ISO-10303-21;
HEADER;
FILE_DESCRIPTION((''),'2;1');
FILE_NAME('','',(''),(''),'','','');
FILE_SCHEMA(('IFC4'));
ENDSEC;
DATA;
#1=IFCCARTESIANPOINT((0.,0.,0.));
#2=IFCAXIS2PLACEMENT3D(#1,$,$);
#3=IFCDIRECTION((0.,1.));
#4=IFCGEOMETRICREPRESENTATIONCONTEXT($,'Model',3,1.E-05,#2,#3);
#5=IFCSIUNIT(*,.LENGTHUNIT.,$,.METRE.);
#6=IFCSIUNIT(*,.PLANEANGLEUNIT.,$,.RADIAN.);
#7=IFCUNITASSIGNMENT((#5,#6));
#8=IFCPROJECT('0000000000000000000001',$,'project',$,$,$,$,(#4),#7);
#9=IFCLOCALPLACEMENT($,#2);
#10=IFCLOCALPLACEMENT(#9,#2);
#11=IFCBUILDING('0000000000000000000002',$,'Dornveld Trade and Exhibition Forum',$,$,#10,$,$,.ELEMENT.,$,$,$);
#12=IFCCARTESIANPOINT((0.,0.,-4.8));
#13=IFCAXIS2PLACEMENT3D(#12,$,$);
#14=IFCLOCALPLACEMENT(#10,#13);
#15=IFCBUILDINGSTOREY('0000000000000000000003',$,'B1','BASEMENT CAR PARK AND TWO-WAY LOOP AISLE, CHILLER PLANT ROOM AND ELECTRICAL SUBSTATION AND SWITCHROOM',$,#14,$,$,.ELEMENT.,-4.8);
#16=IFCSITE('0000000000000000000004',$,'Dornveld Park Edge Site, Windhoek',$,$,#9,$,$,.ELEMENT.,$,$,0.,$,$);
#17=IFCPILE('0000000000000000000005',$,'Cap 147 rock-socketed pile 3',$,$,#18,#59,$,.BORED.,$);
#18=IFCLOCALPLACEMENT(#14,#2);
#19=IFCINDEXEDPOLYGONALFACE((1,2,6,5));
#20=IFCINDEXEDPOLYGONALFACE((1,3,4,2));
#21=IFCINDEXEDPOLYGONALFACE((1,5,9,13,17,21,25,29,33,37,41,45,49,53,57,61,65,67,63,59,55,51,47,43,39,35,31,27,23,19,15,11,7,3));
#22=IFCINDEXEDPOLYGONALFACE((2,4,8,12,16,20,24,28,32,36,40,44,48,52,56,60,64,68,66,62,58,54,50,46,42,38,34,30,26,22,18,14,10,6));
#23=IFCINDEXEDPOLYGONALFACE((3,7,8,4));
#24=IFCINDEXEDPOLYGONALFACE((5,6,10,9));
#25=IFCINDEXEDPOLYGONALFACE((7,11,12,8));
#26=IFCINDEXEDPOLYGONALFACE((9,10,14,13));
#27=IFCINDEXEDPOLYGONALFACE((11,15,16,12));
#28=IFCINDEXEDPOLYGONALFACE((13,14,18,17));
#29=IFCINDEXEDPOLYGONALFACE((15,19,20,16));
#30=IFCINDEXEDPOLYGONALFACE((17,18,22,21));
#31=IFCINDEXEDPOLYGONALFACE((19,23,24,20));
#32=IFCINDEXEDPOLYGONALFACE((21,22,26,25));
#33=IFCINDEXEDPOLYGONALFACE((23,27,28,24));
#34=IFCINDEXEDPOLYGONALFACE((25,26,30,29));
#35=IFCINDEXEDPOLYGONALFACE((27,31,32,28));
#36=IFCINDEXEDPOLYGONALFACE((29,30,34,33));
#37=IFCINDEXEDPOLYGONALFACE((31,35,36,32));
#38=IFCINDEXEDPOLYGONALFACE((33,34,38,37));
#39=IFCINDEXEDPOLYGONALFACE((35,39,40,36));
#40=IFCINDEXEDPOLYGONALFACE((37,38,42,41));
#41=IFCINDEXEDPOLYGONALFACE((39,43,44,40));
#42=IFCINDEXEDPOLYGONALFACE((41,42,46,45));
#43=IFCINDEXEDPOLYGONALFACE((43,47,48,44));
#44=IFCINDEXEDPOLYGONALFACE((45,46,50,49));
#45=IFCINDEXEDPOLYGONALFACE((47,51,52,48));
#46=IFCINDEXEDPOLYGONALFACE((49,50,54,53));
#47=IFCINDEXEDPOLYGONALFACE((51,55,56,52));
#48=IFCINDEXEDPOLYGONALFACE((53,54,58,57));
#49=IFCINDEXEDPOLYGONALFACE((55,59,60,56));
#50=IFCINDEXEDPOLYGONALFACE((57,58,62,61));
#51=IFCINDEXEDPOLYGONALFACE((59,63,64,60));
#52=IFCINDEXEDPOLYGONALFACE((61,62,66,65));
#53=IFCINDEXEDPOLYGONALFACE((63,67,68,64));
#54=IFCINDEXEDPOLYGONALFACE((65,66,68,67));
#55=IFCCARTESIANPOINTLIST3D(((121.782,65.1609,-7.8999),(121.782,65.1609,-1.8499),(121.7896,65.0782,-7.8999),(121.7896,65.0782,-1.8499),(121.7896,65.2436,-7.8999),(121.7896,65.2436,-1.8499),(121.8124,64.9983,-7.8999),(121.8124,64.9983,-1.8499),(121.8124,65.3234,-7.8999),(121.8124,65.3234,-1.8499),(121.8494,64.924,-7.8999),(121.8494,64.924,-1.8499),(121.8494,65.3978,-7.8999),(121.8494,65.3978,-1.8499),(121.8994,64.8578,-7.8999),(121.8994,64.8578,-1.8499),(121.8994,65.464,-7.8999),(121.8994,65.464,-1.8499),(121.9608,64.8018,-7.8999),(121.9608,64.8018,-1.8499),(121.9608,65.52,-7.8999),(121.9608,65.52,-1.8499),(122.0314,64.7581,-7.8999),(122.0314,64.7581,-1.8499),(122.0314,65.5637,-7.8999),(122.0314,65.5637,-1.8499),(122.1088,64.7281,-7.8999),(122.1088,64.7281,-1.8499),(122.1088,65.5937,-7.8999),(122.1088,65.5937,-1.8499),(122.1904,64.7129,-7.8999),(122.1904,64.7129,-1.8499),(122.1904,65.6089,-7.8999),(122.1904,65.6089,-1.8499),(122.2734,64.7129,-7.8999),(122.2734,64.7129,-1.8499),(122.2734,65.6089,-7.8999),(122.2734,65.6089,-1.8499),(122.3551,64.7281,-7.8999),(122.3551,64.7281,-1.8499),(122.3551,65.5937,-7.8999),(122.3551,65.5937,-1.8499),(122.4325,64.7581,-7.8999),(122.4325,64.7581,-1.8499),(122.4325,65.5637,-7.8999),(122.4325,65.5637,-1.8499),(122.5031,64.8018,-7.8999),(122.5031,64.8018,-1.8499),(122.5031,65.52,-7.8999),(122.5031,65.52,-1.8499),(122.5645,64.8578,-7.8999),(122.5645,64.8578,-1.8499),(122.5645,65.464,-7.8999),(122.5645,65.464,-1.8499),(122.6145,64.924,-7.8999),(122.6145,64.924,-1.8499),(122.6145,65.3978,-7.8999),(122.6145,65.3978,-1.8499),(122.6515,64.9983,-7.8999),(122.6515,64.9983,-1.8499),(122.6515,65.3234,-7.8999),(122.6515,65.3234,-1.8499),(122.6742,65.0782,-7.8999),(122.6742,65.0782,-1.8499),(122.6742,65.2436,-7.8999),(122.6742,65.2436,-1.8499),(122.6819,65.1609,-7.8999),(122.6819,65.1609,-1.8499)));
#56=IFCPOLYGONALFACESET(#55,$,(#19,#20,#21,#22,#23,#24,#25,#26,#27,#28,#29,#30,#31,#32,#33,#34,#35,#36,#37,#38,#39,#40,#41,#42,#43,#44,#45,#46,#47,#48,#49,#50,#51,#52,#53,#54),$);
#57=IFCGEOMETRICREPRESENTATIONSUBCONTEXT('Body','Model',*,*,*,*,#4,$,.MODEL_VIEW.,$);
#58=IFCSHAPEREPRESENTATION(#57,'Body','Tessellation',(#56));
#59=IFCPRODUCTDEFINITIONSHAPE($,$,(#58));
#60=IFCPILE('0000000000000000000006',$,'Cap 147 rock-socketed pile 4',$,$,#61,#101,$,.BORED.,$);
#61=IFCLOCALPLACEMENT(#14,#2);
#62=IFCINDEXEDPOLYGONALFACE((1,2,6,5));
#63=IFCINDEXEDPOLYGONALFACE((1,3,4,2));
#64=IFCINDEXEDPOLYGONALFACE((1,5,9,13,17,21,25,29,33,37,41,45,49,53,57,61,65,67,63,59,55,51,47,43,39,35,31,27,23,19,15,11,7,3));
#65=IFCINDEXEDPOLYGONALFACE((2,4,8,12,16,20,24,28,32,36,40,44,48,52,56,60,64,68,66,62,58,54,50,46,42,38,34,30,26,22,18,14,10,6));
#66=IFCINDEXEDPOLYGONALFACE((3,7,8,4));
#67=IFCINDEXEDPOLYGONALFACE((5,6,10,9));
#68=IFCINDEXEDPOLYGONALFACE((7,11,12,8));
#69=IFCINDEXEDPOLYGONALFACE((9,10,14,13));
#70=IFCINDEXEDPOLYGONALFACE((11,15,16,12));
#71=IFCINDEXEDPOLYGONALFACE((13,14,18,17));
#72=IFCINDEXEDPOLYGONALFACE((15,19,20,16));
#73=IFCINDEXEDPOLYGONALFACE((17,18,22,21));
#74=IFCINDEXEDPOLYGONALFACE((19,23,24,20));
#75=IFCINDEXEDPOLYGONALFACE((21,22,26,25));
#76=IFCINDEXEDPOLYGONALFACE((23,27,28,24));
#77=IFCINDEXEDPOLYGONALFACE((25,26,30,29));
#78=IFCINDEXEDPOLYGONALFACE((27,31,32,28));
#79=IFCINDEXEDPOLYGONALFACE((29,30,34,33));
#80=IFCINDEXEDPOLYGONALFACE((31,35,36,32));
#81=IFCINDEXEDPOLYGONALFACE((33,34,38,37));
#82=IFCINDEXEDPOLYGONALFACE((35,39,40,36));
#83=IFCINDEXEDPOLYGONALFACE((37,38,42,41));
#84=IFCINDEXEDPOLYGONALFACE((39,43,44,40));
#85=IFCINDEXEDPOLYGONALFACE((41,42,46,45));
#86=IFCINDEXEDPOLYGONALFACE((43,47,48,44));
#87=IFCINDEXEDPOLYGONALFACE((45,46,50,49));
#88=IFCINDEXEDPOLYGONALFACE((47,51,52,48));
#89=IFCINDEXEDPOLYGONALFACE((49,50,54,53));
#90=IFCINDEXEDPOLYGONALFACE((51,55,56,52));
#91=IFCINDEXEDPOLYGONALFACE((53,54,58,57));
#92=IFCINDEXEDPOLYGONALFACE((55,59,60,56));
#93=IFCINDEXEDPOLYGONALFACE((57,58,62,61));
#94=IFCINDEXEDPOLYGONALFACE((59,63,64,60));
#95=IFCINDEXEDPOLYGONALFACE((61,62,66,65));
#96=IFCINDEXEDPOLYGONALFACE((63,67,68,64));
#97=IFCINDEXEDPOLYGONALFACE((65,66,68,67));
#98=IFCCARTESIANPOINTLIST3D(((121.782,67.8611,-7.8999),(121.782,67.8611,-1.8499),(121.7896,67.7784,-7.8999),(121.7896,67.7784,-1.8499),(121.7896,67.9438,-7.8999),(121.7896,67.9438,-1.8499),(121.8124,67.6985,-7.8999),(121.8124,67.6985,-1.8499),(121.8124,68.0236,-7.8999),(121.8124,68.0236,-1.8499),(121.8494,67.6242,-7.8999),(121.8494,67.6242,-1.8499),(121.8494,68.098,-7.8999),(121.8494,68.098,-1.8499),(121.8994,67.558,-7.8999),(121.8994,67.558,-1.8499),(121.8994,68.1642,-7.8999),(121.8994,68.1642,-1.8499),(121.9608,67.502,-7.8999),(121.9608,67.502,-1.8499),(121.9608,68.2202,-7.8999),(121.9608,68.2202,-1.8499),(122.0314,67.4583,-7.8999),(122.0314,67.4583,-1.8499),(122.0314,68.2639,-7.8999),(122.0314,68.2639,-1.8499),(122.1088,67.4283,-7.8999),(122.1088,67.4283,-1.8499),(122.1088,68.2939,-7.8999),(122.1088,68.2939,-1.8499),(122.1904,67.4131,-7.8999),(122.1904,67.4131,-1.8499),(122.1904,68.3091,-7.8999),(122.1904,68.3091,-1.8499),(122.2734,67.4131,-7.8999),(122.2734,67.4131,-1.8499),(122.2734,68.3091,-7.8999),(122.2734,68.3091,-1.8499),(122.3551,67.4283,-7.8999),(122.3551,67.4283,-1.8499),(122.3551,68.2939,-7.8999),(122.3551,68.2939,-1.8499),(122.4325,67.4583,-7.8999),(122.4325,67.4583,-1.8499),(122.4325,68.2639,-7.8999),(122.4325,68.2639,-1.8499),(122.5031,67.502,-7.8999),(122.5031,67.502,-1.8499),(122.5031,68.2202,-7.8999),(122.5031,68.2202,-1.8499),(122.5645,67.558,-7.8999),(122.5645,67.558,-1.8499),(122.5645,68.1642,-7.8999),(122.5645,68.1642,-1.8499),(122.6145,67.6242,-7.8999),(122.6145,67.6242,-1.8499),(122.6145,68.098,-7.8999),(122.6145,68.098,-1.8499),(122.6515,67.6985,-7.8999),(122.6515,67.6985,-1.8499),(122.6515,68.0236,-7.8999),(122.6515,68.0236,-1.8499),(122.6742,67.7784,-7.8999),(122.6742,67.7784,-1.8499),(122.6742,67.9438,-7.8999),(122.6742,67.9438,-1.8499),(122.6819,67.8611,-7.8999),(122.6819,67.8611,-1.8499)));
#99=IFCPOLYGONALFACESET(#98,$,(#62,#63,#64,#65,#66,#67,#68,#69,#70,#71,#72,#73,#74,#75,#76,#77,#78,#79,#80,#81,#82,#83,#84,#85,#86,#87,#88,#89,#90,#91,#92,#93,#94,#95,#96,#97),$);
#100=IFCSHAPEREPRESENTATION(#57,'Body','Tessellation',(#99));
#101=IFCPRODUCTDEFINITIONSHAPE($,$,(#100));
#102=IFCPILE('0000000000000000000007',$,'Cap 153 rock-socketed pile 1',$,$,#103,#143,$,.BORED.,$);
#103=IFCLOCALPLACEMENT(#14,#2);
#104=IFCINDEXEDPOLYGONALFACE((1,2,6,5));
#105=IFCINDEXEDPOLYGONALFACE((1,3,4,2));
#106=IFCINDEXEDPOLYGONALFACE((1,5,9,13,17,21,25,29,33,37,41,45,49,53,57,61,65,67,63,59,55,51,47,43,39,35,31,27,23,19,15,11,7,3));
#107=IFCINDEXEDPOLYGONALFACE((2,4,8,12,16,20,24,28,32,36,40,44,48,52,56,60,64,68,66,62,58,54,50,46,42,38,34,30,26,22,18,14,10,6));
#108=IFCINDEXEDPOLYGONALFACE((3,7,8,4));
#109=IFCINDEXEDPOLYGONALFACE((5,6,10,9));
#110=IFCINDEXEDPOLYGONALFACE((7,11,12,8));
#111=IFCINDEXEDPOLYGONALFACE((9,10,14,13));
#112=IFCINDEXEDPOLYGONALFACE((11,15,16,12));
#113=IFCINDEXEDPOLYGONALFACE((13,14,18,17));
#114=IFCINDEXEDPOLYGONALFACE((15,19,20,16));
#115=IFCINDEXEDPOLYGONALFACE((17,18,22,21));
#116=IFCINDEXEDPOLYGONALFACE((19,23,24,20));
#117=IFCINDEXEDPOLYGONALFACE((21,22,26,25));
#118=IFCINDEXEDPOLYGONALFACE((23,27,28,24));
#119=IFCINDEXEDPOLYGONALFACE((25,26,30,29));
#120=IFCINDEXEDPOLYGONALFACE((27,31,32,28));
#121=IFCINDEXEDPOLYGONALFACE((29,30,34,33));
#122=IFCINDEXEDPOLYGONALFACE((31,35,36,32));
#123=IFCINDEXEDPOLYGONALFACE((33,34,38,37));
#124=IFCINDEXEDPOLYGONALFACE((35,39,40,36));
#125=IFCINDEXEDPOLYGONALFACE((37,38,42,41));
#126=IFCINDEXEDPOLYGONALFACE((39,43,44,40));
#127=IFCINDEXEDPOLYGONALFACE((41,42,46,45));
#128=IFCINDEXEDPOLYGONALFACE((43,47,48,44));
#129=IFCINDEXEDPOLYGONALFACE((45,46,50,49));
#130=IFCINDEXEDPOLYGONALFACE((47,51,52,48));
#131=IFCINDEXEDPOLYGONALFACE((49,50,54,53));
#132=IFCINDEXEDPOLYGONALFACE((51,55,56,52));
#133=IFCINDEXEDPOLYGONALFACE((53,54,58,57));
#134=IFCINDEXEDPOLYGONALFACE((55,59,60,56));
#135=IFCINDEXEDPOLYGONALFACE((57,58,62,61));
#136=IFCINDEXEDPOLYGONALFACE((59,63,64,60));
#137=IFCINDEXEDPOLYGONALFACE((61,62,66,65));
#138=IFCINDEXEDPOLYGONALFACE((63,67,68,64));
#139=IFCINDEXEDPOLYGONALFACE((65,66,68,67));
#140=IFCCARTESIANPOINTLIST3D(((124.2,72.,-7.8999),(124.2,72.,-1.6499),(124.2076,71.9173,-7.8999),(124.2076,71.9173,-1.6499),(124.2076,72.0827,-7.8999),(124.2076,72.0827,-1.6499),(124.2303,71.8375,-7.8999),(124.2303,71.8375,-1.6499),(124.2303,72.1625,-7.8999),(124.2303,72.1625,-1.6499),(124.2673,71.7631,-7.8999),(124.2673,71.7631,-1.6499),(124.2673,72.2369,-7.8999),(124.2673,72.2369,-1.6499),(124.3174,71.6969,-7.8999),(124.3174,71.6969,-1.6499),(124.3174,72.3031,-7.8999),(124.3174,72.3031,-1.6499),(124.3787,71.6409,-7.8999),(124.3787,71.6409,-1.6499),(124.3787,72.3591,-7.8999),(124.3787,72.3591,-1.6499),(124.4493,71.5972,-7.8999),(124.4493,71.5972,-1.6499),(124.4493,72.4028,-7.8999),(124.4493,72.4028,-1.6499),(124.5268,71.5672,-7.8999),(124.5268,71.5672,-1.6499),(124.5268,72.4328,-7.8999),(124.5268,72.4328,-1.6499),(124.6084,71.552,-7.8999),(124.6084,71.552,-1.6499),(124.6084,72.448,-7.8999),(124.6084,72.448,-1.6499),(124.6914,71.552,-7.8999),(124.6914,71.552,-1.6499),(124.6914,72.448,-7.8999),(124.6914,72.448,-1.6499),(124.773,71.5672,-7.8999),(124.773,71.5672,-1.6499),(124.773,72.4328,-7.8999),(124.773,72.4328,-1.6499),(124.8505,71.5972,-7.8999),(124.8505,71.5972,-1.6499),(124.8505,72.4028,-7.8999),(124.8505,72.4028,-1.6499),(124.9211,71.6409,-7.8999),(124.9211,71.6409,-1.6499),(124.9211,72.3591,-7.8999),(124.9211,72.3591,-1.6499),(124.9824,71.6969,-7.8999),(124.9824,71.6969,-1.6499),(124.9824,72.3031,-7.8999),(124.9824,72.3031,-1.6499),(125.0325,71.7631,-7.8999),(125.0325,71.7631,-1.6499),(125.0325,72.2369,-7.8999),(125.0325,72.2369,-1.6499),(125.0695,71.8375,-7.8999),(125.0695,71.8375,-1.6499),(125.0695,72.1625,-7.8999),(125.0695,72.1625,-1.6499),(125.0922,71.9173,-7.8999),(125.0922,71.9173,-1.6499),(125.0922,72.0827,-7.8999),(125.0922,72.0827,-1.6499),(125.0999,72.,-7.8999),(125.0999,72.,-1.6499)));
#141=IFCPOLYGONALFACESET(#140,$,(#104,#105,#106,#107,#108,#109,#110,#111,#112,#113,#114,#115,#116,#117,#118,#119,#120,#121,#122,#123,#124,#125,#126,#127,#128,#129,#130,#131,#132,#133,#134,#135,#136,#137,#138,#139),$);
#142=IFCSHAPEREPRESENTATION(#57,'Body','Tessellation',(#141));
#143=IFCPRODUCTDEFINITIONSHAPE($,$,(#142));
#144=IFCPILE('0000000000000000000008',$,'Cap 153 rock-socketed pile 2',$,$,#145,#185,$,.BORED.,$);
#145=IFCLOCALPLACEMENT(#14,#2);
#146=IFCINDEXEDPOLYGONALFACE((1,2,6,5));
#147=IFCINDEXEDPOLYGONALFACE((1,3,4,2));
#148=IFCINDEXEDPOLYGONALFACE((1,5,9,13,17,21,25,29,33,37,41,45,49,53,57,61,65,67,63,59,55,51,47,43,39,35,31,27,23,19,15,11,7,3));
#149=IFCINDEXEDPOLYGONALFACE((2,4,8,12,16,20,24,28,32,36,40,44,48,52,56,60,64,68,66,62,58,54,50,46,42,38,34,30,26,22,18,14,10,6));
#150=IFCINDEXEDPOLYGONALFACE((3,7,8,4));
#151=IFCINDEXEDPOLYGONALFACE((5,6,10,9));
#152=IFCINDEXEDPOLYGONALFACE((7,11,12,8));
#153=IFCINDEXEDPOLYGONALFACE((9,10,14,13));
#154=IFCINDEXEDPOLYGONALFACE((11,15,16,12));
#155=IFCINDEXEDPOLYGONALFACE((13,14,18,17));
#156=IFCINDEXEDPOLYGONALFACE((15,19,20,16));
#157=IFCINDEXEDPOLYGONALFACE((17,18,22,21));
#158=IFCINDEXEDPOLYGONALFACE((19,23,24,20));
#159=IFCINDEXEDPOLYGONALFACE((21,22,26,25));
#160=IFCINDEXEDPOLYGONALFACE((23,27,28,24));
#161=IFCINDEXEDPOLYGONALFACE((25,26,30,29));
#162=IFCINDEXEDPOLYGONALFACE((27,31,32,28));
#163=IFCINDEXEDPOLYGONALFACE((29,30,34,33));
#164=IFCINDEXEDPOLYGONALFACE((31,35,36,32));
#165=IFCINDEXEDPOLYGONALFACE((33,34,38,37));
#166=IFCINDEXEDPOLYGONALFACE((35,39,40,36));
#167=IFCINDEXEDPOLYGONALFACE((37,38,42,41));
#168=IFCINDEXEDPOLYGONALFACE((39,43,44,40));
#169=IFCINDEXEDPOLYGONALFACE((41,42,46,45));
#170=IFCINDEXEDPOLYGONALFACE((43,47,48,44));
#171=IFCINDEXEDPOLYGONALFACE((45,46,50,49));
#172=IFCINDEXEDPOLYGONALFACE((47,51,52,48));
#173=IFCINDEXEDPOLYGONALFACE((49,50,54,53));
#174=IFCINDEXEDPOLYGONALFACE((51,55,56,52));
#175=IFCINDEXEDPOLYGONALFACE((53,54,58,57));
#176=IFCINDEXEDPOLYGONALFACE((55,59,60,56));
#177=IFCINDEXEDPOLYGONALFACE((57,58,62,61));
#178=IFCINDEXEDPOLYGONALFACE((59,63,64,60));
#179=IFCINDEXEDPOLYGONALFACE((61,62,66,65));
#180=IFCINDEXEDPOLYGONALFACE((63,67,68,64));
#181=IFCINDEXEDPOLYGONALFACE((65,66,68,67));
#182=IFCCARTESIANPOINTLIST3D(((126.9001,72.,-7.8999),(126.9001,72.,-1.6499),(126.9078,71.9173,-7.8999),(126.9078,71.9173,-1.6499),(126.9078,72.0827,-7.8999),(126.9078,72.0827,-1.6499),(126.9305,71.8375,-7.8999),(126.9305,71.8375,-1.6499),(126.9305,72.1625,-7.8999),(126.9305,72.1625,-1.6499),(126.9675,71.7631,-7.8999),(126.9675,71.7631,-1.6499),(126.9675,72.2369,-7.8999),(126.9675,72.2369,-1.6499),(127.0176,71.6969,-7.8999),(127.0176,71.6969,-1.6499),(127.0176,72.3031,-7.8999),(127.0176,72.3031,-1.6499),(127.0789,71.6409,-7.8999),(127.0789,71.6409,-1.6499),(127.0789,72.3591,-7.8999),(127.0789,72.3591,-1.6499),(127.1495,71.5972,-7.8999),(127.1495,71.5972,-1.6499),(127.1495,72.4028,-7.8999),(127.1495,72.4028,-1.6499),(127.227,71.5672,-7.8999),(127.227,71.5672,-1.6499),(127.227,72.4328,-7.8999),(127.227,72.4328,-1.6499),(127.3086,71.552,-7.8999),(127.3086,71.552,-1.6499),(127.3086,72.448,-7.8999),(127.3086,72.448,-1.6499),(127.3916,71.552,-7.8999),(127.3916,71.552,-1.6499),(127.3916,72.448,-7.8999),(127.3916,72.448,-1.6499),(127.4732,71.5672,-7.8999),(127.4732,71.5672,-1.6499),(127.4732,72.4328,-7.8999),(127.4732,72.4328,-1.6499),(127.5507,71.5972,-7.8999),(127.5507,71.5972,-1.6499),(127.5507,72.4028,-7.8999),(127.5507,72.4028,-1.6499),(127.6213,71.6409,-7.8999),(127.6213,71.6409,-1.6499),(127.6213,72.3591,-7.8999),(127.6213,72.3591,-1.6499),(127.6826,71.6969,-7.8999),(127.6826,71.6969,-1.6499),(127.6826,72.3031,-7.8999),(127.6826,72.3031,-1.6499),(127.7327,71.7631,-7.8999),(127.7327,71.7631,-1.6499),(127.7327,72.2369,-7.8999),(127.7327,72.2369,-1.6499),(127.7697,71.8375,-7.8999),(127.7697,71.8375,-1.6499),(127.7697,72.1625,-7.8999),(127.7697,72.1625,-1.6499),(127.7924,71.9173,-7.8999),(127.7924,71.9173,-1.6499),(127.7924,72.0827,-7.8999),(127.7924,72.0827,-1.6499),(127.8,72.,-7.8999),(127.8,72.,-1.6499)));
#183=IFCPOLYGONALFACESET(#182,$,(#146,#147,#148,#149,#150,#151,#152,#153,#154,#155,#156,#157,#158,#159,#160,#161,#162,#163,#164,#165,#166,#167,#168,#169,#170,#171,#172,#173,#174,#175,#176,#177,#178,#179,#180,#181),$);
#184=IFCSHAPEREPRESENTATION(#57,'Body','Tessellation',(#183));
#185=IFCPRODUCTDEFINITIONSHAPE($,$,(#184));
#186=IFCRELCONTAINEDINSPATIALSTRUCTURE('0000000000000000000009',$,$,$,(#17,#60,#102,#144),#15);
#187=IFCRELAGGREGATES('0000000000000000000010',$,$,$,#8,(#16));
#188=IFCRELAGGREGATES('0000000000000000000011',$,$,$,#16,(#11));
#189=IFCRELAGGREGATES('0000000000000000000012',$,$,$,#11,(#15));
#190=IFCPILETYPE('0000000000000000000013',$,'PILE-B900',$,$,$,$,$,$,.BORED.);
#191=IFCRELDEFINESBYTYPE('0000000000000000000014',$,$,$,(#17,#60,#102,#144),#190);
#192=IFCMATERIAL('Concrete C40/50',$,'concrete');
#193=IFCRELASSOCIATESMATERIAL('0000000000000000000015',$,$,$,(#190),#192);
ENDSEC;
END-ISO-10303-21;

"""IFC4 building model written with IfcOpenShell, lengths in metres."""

from ifc_helpers import new_model, si_unit, direction, frame, origin, origin_2d, place, context, subcontext, project, spatial, circle, extrude, material, material_profile, profile_set, type_object, element, save


model = new_model("IFC4")

# Units and contexts
model_context = context("Model", 3, precision=1e-05, world=origin(), true_north=direction((0.0, 1.0)))
body_context = subcontext(model_context, "Body", "Model", "MODEL_VIEW")
ifc_project = project(units=[si_unit("LENGTHUNIT", "METRE"), si_unit("PLANEANGLEUNIT", "RADIAN")], contexts=[model_context])

# Site, building, storey
site_placement = place(None, origin())
site = spatial("IfcSite", under=ifc_project, at=site_placement, Name="Dornveld Park Edge Site, Windhoek", CompositionType="ELEMENT", RefElevation=0.0)
building_placement = place(site_placement, origin())
building = spatial("IfcBuilding", under=site, at=building_placement, Name="Dornveld Trade and Exhibition Forum", CompositionType="ELEMENT")
storey_placement = place(building_placement, frame((0.0, 0.0, -4.8)))
storey = spatial("IfcBuildingStorey", under=building, at=storey_placement, Name="B1", Description="BASEMENT CAR PARK AND TWO-WAY LOOP AISLE, CHILLER PLANT ROOM AND ELECTRICAL SUBSTATION AND SWITCHROOM", CompositionType="ELEMENT", Elevation=-4.8)

# Piles
ifc_material_1 = material(Name="Concrete C40/50", Category="concrete")
ifc_material_profile_1 = material_profile(ifc_material_1, circle(Radius=0.45, at=origin_2d()), Name="PILE D900")
ifc_profile_set_1 = profile_set([ifc_material_profile_1], Name="Concrete C40/50")
pile_type = type_object("IfcPileType", Name="PILE-B900", PredefinedType="BORED", material=ifc_profile_set_1)
for number, where, z_axis, x_axis, name in (
    (1, (122.2319, 65.1609, -1.8499), (0.0, 0.0, -1.0), (1.0, 0.0, 0.0), "Cap 147 rock-socketed pile 3"),
    (2, (122.2319, 67.8611, -1.8499), (0.0, 0.0, -1.0), (1.0, 0.0, 0.0), "Cap 147 rock-socketed pile 4"),
):
    element("IfcPile", number, at=place(storey_placement, frame(where, z_axis=z_axis, x_axis=x_axis)), inside=storey, type_object=pile_type, Name=name, PredefinedType="BORED", context=body_context, shape_type="SweptSolid", body=[
        extrude(circle(Radius=0.45, at=origin_2d()), origin(), (0.0, 0.0, 1.0), 6.05),
    ])
for number, where, z_axis, x_axis, name in (
    (3, (124.6499, 72.0, -1.6499), (0.0, 0.0, -1.0), (1.0, 0.0, 0.0), "Cap 153 rock-socketed pile 1"),
    (4, (127.3501, 72.0, -1.6499), (0.0, 0.0, -1.0), (1.0, 0.0, 0.0), "Cap 153 rock-socketed pile 2"),
):
    element("IfcPile", number, at=place(storey_placement, frame(where, z_axis=z_axis, x_axis=x_axis)), inside=storey, type_object=pile_type, Name=name, PredefinedType="BORED", context=body_context, shape_type="SweptSolid", body=[
        extrude(circle(Radius=0.45, at=origin_2d()), origin(), (0.0, 0.0, 1.0), 6.25),
    ])

save(model, "model.ifc")
